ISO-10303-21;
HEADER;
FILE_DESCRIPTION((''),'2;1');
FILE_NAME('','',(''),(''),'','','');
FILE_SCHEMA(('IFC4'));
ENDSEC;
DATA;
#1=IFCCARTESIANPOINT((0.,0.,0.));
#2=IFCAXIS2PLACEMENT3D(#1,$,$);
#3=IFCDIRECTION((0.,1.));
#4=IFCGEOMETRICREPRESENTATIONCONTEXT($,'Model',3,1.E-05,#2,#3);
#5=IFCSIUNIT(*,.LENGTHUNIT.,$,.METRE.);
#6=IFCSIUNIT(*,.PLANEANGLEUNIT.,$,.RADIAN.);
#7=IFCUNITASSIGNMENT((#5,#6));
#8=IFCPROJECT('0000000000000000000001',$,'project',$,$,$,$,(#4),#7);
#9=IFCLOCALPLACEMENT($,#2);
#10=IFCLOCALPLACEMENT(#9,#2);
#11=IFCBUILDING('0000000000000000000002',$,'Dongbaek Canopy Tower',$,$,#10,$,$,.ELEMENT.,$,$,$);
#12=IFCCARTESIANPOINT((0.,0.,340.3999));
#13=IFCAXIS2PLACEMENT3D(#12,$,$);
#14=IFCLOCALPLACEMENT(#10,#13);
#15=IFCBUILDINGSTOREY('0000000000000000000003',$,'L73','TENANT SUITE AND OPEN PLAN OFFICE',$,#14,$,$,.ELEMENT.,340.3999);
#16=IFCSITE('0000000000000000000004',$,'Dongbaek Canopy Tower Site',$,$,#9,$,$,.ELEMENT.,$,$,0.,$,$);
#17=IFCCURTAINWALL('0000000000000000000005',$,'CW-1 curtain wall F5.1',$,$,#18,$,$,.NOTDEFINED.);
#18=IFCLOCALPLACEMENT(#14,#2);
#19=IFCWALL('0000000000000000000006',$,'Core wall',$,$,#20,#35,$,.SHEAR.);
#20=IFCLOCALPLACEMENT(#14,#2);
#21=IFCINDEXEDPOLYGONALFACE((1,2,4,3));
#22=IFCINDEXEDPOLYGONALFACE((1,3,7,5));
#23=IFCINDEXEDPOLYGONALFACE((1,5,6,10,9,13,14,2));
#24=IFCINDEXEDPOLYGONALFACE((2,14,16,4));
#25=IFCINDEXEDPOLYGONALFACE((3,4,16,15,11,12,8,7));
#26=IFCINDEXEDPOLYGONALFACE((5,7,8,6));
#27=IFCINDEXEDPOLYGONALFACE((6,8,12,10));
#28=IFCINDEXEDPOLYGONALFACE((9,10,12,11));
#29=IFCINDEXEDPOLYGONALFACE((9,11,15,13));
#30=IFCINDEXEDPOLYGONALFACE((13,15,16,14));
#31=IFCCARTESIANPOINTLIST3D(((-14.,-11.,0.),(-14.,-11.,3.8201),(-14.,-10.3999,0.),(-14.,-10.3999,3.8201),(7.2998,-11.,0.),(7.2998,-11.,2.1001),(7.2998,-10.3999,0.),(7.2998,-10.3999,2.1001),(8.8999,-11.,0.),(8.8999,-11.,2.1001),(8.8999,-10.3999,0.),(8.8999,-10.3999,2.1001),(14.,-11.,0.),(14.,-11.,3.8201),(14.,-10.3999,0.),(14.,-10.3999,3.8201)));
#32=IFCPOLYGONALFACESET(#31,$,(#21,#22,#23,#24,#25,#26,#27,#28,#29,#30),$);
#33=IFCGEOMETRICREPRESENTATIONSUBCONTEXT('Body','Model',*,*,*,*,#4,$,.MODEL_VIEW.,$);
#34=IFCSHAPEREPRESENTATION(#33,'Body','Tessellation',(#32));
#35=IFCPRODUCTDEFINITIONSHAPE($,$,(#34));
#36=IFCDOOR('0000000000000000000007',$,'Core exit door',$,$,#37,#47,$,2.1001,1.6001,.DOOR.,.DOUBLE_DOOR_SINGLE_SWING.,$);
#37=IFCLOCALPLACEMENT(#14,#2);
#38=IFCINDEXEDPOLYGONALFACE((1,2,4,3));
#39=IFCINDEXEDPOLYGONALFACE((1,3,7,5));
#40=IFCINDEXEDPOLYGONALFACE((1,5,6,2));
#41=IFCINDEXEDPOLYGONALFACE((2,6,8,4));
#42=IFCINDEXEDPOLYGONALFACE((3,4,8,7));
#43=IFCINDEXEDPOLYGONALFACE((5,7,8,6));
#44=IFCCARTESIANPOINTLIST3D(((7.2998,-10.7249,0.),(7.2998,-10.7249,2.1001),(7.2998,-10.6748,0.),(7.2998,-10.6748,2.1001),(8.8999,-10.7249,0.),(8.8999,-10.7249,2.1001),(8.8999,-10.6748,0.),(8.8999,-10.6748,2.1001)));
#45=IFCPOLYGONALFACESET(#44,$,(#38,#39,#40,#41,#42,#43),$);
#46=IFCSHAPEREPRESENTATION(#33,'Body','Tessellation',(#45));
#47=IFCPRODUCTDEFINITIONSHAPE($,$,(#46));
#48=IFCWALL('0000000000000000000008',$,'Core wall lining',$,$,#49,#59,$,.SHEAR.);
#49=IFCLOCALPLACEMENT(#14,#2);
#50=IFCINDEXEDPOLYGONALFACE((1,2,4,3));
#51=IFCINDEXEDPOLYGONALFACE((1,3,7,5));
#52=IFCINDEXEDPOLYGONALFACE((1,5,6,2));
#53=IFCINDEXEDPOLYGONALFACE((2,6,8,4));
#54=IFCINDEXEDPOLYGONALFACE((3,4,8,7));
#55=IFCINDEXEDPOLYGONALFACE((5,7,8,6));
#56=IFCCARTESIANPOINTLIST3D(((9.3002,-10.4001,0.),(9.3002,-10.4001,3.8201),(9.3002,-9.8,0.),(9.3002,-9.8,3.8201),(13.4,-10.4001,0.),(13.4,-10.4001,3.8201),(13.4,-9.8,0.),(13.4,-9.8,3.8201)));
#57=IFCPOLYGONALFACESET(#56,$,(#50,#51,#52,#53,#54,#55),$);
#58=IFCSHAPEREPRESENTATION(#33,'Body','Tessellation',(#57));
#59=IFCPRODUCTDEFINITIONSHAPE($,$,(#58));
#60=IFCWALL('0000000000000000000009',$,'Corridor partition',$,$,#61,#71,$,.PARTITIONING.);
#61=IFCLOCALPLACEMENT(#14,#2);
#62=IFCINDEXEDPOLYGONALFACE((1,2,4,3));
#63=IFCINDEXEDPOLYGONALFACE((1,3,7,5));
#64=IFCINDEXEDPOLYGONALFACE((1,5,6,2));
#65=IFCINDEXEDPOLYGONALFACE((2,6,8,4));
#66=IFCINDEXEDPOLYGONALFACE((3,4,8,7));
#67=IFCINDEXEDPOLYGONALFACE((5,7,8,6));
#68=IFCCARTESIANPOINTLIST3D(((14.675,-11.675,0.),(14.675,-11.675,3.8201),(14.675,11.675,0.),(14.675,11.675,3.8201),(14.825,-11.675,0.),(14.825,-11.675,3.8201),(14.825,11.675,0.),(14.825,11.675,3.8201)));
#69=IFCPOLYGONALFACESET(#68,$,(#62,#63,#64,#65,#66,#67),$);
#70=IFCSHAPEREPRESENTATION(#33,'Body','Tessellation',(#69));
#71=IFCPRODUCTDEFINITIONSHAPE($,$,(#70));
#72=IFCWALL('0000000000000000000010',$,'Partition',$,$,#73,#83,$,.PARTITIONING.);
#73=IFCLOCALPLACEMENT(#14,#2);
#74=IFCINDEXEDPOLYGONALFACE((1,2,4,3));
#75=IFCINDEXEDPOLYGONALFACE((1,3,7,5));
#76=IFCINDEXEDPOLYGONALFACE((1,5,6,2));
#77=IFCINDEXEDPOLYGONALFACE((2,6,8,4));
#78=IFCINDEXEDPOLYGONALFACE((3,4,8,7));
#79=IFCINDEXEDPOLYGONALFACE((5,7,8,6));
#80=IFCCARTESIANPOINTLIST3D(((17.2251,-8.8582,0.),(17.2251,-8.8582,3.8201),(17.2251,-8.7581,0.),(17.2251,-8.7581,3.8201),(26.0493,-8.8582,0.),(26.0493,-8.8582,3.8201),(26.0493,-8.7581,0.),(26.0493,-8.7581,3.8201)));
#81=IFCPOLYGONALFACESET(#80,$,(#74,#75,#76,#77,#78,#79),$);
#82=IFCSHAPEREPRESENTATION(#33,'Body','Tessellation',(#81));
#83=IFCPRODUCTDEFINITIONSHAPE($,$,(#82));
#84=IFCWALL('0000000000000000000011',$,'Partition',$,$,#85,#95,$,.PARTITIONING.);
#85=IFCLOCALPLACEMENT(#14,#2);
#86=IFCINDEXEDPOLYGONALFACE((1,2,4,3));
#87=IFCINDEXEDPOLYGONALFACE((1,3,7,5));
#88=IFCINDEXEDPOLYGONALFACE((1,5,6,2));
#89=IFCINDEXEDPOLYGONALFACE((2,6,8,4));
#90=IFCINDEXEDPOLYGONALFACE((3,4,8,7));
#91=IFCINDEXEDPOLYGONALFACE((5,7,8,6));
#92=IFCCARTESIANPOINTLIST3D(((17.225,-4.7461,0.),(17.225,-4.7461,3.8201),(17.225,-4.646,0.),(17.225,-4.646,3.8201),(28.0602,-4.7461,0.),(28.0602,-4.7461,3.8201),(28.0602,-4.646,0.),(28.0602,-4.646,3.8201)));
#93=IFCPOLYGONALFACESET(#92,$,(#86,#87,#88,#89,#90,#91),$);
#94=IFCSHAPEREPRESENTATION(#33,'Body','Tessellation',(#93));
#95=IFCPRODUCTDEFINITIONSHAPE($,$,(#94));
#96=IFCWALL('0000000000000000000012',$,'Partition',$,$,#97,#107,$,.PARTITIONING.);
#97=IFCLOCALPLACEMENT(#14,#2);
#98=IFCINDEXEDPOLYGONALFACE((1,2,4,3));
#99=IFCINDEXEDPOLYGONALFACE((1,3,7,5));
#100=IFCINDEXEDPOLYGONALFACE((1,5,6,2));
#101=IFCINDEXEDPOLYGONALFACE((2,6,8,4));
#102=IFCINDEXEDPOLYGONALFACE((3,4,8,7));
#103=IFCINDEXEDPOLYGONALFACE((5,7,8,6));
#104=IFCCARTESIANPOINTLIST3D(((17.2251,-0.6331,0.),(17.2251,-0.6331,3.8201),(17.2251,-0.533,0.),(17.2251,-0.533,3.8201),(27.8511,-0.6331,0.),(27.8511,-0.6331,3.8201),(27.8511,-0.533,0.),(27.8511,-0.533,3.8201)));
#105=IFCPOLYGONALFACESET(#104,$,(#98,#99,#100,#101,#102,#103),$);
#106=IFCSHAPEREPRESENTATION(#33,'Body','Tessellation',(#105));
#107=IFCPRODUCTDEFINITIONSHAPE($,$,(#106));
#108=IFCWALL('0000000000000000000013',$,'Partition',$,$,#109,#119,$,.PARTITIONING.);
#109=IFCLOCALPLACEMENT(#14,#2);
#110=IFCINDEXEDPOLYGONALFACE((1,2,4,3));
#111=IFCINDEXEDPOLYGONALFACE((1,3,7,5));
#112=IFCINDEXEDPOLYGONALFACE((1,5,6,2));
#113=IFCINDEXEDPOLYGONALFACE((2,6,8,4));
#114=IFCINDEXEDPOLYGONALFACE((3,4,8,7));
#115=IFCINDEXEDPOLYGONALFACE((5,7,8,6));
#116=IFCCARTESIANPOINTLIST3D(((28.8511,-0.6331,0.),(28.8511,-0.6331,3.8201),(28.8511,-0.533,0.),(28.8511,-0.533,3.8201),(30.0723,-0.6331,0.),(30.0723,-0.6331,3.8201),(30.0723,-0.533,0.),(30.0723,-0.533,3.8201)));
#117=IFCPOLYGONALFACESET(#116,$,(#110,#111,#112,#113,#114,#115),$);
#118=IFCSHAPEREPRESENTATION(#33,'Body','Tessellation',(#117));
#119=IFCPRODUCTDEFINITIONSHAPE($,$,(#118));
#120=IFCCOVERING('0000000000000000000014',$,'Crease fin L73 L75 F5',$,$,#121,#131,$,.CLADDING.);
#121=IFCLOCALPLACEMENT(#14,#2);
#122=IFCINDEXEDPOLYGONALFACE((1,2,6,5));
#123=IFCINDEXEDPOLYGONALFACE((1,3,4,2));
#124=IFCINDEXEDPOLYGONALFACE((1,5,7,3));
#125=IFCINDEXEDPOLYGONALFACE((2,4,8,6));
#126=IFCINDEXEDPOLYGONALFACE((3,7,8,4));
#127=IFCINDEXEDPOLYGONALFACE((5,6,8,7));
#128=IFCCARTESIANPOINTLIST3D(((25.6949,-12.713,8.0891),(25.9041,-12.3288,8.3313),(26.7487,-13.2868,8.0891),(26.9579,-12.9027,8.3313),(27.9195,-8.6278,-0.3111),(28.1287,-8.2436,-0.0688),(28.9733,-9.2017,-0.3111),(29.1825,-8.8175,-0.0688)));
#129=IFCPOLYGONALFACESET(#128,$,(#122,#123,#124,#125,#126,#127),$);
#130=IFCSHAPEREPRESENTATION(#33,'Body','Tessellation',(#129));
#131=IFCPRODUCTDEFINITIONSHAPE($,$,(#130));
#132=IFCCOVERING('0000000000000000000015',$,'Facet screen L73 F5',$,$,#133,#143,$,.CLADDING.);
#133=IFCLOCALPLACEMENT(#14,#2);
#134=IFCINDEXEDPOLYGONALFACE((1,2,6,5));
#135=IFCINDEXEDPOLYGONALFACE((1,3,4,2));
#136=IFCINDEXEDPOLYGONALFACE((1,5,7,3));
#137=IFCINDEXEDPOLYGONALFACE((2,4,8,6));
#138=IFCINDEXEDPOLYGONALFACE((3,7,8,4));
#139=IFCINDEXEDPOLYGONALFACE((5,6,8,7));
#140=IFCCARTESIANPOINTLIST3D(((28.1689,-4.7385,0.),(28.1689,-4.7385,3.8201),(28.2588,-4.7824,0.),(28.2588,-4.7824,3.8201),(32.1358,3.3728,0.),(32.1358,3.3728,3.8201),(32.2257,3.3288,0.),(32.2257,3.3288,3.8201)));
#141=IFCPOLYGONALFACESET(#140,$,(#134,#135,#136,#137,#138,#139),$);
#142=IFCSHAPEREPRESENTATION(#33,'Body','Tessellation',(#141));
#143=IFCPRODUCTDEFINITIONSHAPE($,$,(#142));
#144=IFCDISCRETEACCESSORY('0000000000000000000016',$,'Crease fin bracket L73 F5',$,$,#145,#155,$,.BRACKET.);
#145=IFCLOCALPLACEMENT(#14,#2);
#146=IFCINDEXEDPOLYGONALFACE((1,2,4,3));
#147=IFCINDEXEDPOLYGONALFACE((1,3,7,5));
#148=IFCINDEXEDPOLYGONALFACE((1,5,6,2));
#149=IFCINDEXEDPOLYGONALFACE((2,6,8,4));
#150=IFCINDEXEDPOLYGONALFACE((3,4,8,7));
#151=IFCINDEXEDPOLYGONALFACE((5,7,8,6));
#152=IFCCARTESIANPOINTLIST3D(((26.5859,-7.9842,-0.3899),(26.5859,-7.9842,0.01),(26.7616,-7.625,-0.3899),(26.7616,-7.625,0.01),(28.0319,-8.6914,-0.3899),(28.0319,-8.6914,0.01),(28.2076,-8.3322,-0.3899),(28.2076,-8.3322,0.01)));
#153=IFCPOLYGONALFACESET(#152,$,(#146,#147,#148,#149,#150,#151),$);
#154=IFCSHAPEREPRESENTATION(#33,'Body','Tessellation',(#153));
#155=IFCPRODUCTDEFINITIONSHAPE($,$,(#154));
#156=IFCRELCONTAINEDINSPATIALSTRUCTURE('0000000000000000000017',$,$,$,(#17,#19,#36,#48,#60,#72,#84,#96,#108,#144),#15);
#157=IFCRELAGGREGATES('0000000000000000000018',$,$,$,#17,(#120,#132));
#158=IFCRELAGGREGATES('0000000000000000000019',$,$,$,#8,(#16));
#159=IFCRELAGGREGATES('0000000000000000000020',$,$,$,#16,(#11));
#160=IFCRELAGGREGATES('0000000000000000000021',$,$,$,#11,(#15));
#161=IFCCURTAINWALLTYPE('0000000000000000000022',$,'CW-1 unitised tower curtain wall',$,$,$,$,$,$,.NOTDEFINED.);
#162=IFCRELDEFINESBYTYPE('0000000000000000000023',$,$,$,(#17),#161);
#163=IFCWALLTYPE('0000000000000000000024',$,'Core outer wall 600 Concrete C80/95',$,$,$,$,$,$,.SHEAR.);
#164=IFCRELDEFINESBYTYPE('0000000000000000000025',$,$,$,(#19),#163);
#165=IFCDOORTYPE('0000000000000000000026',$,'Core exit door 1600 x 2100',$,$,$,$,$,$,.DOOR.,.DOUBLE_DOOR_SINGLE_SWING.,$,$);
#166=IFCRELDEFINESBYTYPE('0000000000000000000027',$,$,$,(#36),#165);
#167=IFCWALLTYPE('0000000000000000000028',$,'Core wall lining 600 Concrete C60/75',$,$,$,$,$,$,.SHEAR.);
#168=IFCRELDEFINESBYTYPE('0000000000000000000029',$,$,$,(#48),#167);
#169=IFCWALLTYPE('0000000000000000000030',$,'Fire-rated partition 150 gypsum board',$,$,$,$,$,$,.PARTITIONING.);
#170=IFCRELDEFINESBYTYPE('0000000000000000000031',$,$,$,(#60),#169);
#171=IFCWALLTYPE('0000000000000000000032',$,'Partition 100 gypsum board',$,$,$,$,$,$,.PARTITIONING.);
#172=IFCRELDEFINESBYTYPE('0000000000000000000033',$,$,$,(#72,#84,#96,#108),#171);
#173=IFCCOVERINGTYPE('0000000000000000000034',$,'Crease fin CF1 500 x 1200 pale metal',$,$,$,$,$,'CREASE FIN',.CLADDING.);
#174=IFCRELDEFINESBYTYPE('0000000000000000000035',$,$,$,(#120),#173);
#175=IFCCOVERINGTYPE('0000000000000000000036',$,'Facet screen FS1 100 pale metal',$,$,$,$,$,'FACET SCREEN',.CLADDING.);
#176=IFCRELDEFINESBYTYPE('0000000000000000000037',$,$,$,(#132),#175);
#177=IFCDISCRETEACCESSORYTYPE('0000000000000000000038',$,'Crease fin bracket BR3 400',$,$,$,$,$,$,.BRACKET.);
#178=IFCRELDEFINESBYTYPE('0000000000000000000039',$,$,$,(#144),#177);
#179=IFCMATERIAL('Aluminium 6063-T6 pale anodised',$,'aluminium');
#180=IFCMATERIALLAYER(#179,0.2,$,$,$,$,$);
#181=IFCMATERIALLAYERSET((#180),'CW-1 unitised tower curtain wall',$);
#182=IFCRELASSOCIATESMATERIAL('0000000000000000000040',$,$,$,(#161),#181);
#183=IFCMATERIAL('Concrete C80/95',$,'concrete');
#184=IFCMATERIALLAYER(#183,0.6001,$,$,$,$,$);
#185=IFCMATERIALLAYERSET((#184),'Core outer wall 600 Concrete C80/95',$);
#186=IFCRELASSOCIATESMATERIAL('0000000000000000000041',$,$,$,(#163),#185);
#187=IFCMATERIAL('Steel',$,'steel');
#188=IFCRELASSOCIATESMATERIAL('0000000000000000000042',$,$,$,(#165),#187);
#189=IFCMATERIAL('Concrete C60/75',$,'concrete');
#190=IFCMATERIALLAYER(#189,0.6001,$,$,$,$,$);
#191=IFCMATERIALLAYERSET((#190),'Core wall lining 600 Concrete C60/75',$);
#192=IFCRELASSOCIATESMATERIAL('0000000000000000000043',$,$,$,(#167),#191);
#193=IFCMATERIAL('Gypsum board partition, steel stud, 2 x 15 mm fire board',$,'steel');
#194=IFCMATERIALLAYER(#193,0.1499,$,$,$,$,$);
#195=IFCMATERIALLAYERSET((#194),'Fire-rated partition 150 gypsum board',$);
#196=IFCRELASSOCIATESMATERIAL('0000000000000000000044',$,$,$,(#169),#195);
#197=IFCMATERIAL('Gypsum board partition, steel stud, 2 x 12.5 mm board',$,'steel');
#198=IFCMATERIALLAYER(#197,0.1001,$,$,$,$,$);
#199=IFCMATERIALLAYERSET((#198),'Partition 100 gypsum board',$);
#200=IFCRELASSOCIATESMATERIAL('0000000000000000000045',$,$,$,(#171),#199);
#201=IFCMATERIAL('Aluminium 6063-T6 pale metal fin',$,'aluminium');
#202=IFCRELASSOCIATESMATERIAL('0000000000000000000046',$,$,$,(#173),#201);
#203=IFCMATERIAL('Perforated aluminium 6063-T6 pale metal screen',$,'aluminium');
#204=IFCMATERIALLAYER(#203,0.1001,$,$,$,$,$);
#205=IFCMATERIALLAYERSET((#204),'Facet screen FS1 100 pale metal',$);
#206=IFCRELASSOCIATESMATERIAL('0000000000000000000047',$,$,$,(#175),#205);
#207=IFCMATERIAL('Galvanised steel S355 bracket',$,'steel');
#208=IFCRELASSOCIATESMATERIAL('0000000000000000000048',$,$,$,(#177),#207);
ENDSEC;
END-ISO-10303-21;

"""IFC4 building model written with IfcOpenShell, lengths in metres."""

from ifc_helpers import new_model, si_unit, direction, frame, frame_2d, origin, origin_2d, place, context, subcontext, project, spatial, rectangle, extrude, material, layer, layer_set, material_profile, profile_set, type_object, element, fill, aggregate, save


model = new_model("IFC4")

# Units and contexts
model_context = context("Model", 3, precision=1e-05, world=origin(), true_north=direction((0.0, 1.0)))
body_context = subcontext(model_context, "Body", "Model", "MODEL_VIEW")
ifc_project = project(units=[si_unit("LENGTHUNIT", "METRE"), si_unit("PLANEANGLEUNIT", "RADIAN")], contexts=[model_context])

# Site, building, storey
site_placement = place(None, origin())
site = spatial("IfcSite", under=ifc_project, at=site_placement, Name="Dongbaek Canopy Tower Site", CompositionType="ELEMENT", RefElevation=0.0)
building_placement = place(site_placement, origin())
building = spatial("IfcBuilding", under=site, at=building_placement, Name="Dongbaek Canopy Tower", CompositionType="ELEMENT")
storey_placement = place(building_placement, frame((0.0, 0.0, 340.3999)))
storey = spatial("IfcBuildingStorey", under=building, at=storey_placement, Name="L73", Description="TENANT SUITE AND OPEN PLAN OFFICE", CompositionType="ELEMENT", Elevation=340.3999)

# Curtain wall
ifc_material_1 = material(Name="Aluminium 6063-T6 pale anodised", Category="aluminium")
ifc_layer_1 = layer(ifc_material_1, 0.2)
ifc_layer_set_1 = layer_set([ifc_layer_1], Name="CW-1 unitised tower curtain wall")
curtain_wall_type = type_object("IfcCurtainWallType", Name="CW-1 unitised tower curtain wall", PredefinedType="NOTDEFINED", material=ifc_layer_set_1)
curtain_wall_placement = place(storey_placement, origin())
curtain_wall = element("IfcCurtainWall", 1, at=curtain_wall_placement, inside=storey, type_object=curtain_wall_type, Name="CW-1 curtain wall F5.1", PredefinedType="NOTDEFINED")

# Wall, opening, door
ifc_material_2 = material(Name="Concrete C80/95", Category="concrete")
ifc_layer_2 = layer(ifc_material_2, 0.6001)
ifc_layer_set_2 = layer_set([ifc_layer_2], Name="Core outer wall 600 Concrete C80/95")
wall_type_1 = type_object("IfcWallType", Name="Core outer wall 600 Concrete C80/95", PredefinedType="SHEAR", material=ifc_layer_set_2)
wall_1_placement = place(storey_placement, frame((14.0, -10.7, 0.0), z_axis=(0.0, 0.0, 1.0), x_axis=(-1.0, 0.0, 0.0)))
wall_1 = element("IfcWall", 2, at=wall_1_placement, inside=storey, type_object=wall_type_1, Name="Core wall", PredefinedType="SHEAR", context=body_context, shape_type="SweptSolid", body=[
    extrude(rectangle(XDim=28.0, YDim=0.6001, at=frame_2d((14.0, 0.0))), origin(), (0.0, 0.0, 1.0), 3.8201),
])
opening_placement = place(wall_1_placement, frame((5.1001, 0.0, 0.0)))
opening = element("IfcOpeningElement", 3, at=opening_placement, cuts=wall_1, PredefinedType="OPENING", context=body_context, shape_type="SweptSolid", body=[
    extrude(rectangle(XDim=1.6001, YDim=2.1001, at=frame_2d((0.8, 1.05))), frame((0.0, 0.3101, 0.0), z_axis=(0.0, -1.0, 0.0), x_axis=(1.0, 0.0, 0.0)), (0.0, 0.0, 1.0), 0.6201),
])
ifc_material_3 = material(Name="Steel", Category="steel")
door_type = type_object("IfcDoorType", Name="Core exit door 1600 x 2100", OperationType="DOUBLE_DOOR_SINGLE_SWING", PredefinedType="DOOR", material=ifc_material_3)
door_placement = place(opening_placement, origin())
door = element("IfcDoor", 4, at=door_placement, inside=storey, type_object=door_type, Name="Core exit door", OperationType="DOUBLE_DOOR_SINGLE_SWING", OverallHeight=2.1001, OverallWidth=1.6001, PredefinedType="DOOR", context=body_context, shape_type="SweptSolid", body=[
    extrude(rectangle(XDim=1.6001, YDim=2.1001, at=frame_2d((0.8, 1.05))), frame((0.0, 0.0249, 0.0), z_axis=(0.0, -1.0, 0.0), x_axis=(1.0, 0.0, 0.0)), (0.0, 0.0, 1.0), 0.05),
])
fill(opening, door)

# Walls
ifc_material_4 = material(Name="Concrete C60/75", Category="concrete")
ifc_layer_3 = layer(ifc_material_4, 0.6001)
ifc_layer_set_3 = layer_set([ifc_layer_3], Name="Core wall lining 600 Concrete C60/75")
wall_type_2 = type_object("IfcWallType", Name="Core wall lining 600 Concrete C60/75", PredefinedType="SHEAR", material=ifc_layer_set_3)
wall_2_placement = place(storey_placement, frame((13.3999, -10.1001, 0.0), z_axis=(0.0, 0.0, 1.0), x_axis=(-1.0, 0.0, 0.0)))
element("IfcWall", 5, at=wall_2_placement, inside=storey, type_object=wall_type_2, Name="Core wall lining", PredefinedType="SHEAR", context=body_context, shape_type="SweptSolid", body=[
    extrude(rectangle(XDim=4.0999, YDim=0.6001, at=frame_2d((2.0498, 0.0))), origin(), (0.0, 0.0, 1.0), 3.8201),
])
ifc_material_5 = material(Name="Gypsum board partition, steel stud, 2 x 15 mm fire board", Category="steel")
ifc_layer_4 = layer(ifc_material_5, 0.1499)
ifc_layer_set_4 = layer_set([ifc_layer_4], Name="Fire-rated partition 150 gypsum board")
wall_type_3 = type_object("IfcWallType", Name="Fire-rated partition 150 gypsum board", PredefinedType="PARTITIONING", material=ifc_layer_set_4)
wall_3_placement = place(storey_placement, frame((14.75, -11.675, 0.0), z_axis=(0.0, 0.0, 1.0), x_axis=(0.0, 1.0, 0.0)))
element("IfcWall", 6, at=wall_3_placement, inside=storey, type_object=wall_type_3, Name="Corridor partition", PredefinedType="PARTITIONING", context=body_context, shape_type="SweptSolid", body=[
    extrude(rectangle(XDim=23.3501, YDim=0.1499, at=frame_2d((11.675, 0.0))), origin(), (0.0, 0.0, 1.0), 3.8201),
])
ifc_material_6 = material(Name="Gypsum board partition, steel stud, 2 x 12.5 mm board", Category="steel")
ifc_layer_5 = layer(ifc_material_6, 0.1001)
ifc_layer_set_5 = layer_set([ifc_layer_5], Name="Partition 100 gypsum board")
wall_type_4 = type_object("IfcWallType", Name="Partition 100 gypsum board", PredefinedType="PARTITIONING", material=ifc_layer_set_5)
wall_4_placement = place(storey_placement, frame((17.2251, -8.8081, 0.0), z_axis=(0.0, 0.0, 1.0), x_axis=(1.0, 0.0, 0.0)))
element("IfcWall", 7, at=wall_4_placement, inside=storey, type_object=wall_type_4, Name="Partition", PredefinedType="PARTITIONING", context=body_context, shape_type="SweptSolid", body=[
    extrude(rectangle(XDim=8.8242, YDim=0.1001, at=frame_2d((4.4121, 0.0))), origin(), (0.0, 0.0, 1.0), 3.8201),
])
wall_5_placement = place(storey_placement, frame((17.2251, -4.696, 0.0), z_axis=(0.0, 0.0, 1.0), x_axis=(1.0, 0.0, 0.0)))
element("IfcWall", 8, at=wall_5_placement, inside=storey, type_object=wall_type_4, Name="Partition", PredefinedType="PARTITIONING", context=body_context, shape_type="SweptSolid", body=[
    extrude(rectangle(XDim=10.8352, YDim=0.1001, at=frame_2d((5.4175, 0.0))), origin(), (0.0, 0.0, 1.0), 3.8201),
])
wall_6_placement = place(storey_placement, frame((17.2251, -0.583, 0.0), z_axis=(0.0, 0.0, 1.0), x_axis=(1.0, 0.0, 0.0)))
element("IfcWall", 9, at=wall_6_placement, inside=storey, type_object=wall_type_4, Name="Partition", PredefinedType="PARTITIONING", context=body_context, shape_type="SweptSolid", body=[
    extrude(rectangle(XDim=10.626, YDim=0.1001, at=frame_2d((5.313, 0.0))), origin(), (0.0, 0.0, 1.0), 3.8201),
])
wall_7_placement = place(storey_placement, frame((28.8511, -0.583, 0.0), z_axis=(0.0, 0.0, 1.0), x_axis=(1.0, 0.0, 0.0)))
element("IfcWall", 10, at=wall_7_placement, inside=storey, type_object=wall_type_4, Name="Partition", PredefinedType="PARTITIONING", context=body_context, shape_type="SweptSolid", body=[
    extrude(rectangle(XDim=1.2212, YDim=0.1001, at=frame_2d((0.6106, 0.0))), origin(), (0.0, 0.0, 1.0), 3.8201),
])

# Coverings
ifc_material_7 = material(Name="Aluminium 6063-T6 pale metal fin", Category="aluminium")
ifc_material_profile_1 = material_profile(ifc_material_7, rectangle(XDim=1.2, YDim=0.5, at=origin_2d()), Name="Crease fin CF1 500 x 1200 pale metal")
ifc_profile_set_1 = profile_set([ifc_material_profile_1], Name="Aluminium 6063-T6 pale metal fin")
covering_type_1 = type_object("IfcCoveringType", Name="Crease fin CF1 500 x 1200 pale metal", ElementType="CREASE FIN", PredefinedType="CLADDING", material=ifc_profile_set_1)
covering_1_placement = place(storey_placement, frame((28.551, -8.7227, -0.1899), z_axis=(-0.23168, -0.425449, 0.874824), x_axis=(0.878228, -0.478242, 0.0)))
covering_1 = element("IfcCovering", 11, at=covering_1_placement, type_object=covering_type_1, Name="Crease fin L73 L75 F5", PredefinedType="CLADDING", context=body_context, shape_type="SweptSolid", body=[
    extrude(rectangle(XDim=1.2, YDim=0.5, at=origin_2d()), origin(), (0.0, 0.0, 1.0), 9.6021),
])
ifc_material_8 = material(Name="Perforated aluminium 6063-T6 pale metal screen", Category="aluminium")
ifc_layer_6 = layer(ifc_material_8, 0.1001)
ifc_layer_set_6 = layer_set([ifc_layer_6], Name="Facet screen FS1 100 pale metal")
covering_type_2 = type_object("IfcCoveringType", Name="Facet screen FS1 100 pale metal", ElementType="FACET SCREEN", PredefinedType="CLADDING", material=ifc_layer_set_6)
covering_2_placement = place(storey_placement, frame((30.1973, -0.7048, 0.0), z_axis=(0.0, 0.0, 1.0), x_axis=(0.439337, 0.898322, 0.0)))
covering_2 = element("IfcCovering", 12, at=covering_2_placement, type_object=covering_type_2, Name="Facet screen L73 F5", PredefinedType="CLADDING", context=body_context, shape_type="SweptSolid", body=[
    extrude(rectangle(XDim=9.0293, YDim=0.1001, at=origin_2d()), origin(), (0.0, 0.0, 1.0), 3.8201),
])
aggregate(curtain_wall, [covering_1, covering_2])

# Discrete accessory
ifc_material_9 = material(Name="Galvanised steel S355 bracket", Category="steel")
discrete_accessory_type = type_object("IfcDiscreteAccessoryType", Name="Crease fin bracket BR3 400", PredefinedType="BRACKET", material=ifc_material_9)
discrete_accessory_placement = place(storey_placement, frame((27.3967, -8.1582, -0.3899), z_axis=(0.0, 0.0, 1.0), x_axis=(0.898322, -0.439337, 0.0)))
element("IfcDiscreteAccessory", 13, at=discrete_accessory_placement, inside=storey, type_object=discrete_accessory_type, Name="Crease fin bracket L73 F5", PredefinedType="BRACKET", context=body_context, shape_type="SweptSolid", body=[
    extrude(rectangle(XDim=1.6096, YDim=0.3999, at=origin_2d()), origin(), (0.0, 0.0, 1.0), 0.3999),
])

save(model, "model.ifc")
